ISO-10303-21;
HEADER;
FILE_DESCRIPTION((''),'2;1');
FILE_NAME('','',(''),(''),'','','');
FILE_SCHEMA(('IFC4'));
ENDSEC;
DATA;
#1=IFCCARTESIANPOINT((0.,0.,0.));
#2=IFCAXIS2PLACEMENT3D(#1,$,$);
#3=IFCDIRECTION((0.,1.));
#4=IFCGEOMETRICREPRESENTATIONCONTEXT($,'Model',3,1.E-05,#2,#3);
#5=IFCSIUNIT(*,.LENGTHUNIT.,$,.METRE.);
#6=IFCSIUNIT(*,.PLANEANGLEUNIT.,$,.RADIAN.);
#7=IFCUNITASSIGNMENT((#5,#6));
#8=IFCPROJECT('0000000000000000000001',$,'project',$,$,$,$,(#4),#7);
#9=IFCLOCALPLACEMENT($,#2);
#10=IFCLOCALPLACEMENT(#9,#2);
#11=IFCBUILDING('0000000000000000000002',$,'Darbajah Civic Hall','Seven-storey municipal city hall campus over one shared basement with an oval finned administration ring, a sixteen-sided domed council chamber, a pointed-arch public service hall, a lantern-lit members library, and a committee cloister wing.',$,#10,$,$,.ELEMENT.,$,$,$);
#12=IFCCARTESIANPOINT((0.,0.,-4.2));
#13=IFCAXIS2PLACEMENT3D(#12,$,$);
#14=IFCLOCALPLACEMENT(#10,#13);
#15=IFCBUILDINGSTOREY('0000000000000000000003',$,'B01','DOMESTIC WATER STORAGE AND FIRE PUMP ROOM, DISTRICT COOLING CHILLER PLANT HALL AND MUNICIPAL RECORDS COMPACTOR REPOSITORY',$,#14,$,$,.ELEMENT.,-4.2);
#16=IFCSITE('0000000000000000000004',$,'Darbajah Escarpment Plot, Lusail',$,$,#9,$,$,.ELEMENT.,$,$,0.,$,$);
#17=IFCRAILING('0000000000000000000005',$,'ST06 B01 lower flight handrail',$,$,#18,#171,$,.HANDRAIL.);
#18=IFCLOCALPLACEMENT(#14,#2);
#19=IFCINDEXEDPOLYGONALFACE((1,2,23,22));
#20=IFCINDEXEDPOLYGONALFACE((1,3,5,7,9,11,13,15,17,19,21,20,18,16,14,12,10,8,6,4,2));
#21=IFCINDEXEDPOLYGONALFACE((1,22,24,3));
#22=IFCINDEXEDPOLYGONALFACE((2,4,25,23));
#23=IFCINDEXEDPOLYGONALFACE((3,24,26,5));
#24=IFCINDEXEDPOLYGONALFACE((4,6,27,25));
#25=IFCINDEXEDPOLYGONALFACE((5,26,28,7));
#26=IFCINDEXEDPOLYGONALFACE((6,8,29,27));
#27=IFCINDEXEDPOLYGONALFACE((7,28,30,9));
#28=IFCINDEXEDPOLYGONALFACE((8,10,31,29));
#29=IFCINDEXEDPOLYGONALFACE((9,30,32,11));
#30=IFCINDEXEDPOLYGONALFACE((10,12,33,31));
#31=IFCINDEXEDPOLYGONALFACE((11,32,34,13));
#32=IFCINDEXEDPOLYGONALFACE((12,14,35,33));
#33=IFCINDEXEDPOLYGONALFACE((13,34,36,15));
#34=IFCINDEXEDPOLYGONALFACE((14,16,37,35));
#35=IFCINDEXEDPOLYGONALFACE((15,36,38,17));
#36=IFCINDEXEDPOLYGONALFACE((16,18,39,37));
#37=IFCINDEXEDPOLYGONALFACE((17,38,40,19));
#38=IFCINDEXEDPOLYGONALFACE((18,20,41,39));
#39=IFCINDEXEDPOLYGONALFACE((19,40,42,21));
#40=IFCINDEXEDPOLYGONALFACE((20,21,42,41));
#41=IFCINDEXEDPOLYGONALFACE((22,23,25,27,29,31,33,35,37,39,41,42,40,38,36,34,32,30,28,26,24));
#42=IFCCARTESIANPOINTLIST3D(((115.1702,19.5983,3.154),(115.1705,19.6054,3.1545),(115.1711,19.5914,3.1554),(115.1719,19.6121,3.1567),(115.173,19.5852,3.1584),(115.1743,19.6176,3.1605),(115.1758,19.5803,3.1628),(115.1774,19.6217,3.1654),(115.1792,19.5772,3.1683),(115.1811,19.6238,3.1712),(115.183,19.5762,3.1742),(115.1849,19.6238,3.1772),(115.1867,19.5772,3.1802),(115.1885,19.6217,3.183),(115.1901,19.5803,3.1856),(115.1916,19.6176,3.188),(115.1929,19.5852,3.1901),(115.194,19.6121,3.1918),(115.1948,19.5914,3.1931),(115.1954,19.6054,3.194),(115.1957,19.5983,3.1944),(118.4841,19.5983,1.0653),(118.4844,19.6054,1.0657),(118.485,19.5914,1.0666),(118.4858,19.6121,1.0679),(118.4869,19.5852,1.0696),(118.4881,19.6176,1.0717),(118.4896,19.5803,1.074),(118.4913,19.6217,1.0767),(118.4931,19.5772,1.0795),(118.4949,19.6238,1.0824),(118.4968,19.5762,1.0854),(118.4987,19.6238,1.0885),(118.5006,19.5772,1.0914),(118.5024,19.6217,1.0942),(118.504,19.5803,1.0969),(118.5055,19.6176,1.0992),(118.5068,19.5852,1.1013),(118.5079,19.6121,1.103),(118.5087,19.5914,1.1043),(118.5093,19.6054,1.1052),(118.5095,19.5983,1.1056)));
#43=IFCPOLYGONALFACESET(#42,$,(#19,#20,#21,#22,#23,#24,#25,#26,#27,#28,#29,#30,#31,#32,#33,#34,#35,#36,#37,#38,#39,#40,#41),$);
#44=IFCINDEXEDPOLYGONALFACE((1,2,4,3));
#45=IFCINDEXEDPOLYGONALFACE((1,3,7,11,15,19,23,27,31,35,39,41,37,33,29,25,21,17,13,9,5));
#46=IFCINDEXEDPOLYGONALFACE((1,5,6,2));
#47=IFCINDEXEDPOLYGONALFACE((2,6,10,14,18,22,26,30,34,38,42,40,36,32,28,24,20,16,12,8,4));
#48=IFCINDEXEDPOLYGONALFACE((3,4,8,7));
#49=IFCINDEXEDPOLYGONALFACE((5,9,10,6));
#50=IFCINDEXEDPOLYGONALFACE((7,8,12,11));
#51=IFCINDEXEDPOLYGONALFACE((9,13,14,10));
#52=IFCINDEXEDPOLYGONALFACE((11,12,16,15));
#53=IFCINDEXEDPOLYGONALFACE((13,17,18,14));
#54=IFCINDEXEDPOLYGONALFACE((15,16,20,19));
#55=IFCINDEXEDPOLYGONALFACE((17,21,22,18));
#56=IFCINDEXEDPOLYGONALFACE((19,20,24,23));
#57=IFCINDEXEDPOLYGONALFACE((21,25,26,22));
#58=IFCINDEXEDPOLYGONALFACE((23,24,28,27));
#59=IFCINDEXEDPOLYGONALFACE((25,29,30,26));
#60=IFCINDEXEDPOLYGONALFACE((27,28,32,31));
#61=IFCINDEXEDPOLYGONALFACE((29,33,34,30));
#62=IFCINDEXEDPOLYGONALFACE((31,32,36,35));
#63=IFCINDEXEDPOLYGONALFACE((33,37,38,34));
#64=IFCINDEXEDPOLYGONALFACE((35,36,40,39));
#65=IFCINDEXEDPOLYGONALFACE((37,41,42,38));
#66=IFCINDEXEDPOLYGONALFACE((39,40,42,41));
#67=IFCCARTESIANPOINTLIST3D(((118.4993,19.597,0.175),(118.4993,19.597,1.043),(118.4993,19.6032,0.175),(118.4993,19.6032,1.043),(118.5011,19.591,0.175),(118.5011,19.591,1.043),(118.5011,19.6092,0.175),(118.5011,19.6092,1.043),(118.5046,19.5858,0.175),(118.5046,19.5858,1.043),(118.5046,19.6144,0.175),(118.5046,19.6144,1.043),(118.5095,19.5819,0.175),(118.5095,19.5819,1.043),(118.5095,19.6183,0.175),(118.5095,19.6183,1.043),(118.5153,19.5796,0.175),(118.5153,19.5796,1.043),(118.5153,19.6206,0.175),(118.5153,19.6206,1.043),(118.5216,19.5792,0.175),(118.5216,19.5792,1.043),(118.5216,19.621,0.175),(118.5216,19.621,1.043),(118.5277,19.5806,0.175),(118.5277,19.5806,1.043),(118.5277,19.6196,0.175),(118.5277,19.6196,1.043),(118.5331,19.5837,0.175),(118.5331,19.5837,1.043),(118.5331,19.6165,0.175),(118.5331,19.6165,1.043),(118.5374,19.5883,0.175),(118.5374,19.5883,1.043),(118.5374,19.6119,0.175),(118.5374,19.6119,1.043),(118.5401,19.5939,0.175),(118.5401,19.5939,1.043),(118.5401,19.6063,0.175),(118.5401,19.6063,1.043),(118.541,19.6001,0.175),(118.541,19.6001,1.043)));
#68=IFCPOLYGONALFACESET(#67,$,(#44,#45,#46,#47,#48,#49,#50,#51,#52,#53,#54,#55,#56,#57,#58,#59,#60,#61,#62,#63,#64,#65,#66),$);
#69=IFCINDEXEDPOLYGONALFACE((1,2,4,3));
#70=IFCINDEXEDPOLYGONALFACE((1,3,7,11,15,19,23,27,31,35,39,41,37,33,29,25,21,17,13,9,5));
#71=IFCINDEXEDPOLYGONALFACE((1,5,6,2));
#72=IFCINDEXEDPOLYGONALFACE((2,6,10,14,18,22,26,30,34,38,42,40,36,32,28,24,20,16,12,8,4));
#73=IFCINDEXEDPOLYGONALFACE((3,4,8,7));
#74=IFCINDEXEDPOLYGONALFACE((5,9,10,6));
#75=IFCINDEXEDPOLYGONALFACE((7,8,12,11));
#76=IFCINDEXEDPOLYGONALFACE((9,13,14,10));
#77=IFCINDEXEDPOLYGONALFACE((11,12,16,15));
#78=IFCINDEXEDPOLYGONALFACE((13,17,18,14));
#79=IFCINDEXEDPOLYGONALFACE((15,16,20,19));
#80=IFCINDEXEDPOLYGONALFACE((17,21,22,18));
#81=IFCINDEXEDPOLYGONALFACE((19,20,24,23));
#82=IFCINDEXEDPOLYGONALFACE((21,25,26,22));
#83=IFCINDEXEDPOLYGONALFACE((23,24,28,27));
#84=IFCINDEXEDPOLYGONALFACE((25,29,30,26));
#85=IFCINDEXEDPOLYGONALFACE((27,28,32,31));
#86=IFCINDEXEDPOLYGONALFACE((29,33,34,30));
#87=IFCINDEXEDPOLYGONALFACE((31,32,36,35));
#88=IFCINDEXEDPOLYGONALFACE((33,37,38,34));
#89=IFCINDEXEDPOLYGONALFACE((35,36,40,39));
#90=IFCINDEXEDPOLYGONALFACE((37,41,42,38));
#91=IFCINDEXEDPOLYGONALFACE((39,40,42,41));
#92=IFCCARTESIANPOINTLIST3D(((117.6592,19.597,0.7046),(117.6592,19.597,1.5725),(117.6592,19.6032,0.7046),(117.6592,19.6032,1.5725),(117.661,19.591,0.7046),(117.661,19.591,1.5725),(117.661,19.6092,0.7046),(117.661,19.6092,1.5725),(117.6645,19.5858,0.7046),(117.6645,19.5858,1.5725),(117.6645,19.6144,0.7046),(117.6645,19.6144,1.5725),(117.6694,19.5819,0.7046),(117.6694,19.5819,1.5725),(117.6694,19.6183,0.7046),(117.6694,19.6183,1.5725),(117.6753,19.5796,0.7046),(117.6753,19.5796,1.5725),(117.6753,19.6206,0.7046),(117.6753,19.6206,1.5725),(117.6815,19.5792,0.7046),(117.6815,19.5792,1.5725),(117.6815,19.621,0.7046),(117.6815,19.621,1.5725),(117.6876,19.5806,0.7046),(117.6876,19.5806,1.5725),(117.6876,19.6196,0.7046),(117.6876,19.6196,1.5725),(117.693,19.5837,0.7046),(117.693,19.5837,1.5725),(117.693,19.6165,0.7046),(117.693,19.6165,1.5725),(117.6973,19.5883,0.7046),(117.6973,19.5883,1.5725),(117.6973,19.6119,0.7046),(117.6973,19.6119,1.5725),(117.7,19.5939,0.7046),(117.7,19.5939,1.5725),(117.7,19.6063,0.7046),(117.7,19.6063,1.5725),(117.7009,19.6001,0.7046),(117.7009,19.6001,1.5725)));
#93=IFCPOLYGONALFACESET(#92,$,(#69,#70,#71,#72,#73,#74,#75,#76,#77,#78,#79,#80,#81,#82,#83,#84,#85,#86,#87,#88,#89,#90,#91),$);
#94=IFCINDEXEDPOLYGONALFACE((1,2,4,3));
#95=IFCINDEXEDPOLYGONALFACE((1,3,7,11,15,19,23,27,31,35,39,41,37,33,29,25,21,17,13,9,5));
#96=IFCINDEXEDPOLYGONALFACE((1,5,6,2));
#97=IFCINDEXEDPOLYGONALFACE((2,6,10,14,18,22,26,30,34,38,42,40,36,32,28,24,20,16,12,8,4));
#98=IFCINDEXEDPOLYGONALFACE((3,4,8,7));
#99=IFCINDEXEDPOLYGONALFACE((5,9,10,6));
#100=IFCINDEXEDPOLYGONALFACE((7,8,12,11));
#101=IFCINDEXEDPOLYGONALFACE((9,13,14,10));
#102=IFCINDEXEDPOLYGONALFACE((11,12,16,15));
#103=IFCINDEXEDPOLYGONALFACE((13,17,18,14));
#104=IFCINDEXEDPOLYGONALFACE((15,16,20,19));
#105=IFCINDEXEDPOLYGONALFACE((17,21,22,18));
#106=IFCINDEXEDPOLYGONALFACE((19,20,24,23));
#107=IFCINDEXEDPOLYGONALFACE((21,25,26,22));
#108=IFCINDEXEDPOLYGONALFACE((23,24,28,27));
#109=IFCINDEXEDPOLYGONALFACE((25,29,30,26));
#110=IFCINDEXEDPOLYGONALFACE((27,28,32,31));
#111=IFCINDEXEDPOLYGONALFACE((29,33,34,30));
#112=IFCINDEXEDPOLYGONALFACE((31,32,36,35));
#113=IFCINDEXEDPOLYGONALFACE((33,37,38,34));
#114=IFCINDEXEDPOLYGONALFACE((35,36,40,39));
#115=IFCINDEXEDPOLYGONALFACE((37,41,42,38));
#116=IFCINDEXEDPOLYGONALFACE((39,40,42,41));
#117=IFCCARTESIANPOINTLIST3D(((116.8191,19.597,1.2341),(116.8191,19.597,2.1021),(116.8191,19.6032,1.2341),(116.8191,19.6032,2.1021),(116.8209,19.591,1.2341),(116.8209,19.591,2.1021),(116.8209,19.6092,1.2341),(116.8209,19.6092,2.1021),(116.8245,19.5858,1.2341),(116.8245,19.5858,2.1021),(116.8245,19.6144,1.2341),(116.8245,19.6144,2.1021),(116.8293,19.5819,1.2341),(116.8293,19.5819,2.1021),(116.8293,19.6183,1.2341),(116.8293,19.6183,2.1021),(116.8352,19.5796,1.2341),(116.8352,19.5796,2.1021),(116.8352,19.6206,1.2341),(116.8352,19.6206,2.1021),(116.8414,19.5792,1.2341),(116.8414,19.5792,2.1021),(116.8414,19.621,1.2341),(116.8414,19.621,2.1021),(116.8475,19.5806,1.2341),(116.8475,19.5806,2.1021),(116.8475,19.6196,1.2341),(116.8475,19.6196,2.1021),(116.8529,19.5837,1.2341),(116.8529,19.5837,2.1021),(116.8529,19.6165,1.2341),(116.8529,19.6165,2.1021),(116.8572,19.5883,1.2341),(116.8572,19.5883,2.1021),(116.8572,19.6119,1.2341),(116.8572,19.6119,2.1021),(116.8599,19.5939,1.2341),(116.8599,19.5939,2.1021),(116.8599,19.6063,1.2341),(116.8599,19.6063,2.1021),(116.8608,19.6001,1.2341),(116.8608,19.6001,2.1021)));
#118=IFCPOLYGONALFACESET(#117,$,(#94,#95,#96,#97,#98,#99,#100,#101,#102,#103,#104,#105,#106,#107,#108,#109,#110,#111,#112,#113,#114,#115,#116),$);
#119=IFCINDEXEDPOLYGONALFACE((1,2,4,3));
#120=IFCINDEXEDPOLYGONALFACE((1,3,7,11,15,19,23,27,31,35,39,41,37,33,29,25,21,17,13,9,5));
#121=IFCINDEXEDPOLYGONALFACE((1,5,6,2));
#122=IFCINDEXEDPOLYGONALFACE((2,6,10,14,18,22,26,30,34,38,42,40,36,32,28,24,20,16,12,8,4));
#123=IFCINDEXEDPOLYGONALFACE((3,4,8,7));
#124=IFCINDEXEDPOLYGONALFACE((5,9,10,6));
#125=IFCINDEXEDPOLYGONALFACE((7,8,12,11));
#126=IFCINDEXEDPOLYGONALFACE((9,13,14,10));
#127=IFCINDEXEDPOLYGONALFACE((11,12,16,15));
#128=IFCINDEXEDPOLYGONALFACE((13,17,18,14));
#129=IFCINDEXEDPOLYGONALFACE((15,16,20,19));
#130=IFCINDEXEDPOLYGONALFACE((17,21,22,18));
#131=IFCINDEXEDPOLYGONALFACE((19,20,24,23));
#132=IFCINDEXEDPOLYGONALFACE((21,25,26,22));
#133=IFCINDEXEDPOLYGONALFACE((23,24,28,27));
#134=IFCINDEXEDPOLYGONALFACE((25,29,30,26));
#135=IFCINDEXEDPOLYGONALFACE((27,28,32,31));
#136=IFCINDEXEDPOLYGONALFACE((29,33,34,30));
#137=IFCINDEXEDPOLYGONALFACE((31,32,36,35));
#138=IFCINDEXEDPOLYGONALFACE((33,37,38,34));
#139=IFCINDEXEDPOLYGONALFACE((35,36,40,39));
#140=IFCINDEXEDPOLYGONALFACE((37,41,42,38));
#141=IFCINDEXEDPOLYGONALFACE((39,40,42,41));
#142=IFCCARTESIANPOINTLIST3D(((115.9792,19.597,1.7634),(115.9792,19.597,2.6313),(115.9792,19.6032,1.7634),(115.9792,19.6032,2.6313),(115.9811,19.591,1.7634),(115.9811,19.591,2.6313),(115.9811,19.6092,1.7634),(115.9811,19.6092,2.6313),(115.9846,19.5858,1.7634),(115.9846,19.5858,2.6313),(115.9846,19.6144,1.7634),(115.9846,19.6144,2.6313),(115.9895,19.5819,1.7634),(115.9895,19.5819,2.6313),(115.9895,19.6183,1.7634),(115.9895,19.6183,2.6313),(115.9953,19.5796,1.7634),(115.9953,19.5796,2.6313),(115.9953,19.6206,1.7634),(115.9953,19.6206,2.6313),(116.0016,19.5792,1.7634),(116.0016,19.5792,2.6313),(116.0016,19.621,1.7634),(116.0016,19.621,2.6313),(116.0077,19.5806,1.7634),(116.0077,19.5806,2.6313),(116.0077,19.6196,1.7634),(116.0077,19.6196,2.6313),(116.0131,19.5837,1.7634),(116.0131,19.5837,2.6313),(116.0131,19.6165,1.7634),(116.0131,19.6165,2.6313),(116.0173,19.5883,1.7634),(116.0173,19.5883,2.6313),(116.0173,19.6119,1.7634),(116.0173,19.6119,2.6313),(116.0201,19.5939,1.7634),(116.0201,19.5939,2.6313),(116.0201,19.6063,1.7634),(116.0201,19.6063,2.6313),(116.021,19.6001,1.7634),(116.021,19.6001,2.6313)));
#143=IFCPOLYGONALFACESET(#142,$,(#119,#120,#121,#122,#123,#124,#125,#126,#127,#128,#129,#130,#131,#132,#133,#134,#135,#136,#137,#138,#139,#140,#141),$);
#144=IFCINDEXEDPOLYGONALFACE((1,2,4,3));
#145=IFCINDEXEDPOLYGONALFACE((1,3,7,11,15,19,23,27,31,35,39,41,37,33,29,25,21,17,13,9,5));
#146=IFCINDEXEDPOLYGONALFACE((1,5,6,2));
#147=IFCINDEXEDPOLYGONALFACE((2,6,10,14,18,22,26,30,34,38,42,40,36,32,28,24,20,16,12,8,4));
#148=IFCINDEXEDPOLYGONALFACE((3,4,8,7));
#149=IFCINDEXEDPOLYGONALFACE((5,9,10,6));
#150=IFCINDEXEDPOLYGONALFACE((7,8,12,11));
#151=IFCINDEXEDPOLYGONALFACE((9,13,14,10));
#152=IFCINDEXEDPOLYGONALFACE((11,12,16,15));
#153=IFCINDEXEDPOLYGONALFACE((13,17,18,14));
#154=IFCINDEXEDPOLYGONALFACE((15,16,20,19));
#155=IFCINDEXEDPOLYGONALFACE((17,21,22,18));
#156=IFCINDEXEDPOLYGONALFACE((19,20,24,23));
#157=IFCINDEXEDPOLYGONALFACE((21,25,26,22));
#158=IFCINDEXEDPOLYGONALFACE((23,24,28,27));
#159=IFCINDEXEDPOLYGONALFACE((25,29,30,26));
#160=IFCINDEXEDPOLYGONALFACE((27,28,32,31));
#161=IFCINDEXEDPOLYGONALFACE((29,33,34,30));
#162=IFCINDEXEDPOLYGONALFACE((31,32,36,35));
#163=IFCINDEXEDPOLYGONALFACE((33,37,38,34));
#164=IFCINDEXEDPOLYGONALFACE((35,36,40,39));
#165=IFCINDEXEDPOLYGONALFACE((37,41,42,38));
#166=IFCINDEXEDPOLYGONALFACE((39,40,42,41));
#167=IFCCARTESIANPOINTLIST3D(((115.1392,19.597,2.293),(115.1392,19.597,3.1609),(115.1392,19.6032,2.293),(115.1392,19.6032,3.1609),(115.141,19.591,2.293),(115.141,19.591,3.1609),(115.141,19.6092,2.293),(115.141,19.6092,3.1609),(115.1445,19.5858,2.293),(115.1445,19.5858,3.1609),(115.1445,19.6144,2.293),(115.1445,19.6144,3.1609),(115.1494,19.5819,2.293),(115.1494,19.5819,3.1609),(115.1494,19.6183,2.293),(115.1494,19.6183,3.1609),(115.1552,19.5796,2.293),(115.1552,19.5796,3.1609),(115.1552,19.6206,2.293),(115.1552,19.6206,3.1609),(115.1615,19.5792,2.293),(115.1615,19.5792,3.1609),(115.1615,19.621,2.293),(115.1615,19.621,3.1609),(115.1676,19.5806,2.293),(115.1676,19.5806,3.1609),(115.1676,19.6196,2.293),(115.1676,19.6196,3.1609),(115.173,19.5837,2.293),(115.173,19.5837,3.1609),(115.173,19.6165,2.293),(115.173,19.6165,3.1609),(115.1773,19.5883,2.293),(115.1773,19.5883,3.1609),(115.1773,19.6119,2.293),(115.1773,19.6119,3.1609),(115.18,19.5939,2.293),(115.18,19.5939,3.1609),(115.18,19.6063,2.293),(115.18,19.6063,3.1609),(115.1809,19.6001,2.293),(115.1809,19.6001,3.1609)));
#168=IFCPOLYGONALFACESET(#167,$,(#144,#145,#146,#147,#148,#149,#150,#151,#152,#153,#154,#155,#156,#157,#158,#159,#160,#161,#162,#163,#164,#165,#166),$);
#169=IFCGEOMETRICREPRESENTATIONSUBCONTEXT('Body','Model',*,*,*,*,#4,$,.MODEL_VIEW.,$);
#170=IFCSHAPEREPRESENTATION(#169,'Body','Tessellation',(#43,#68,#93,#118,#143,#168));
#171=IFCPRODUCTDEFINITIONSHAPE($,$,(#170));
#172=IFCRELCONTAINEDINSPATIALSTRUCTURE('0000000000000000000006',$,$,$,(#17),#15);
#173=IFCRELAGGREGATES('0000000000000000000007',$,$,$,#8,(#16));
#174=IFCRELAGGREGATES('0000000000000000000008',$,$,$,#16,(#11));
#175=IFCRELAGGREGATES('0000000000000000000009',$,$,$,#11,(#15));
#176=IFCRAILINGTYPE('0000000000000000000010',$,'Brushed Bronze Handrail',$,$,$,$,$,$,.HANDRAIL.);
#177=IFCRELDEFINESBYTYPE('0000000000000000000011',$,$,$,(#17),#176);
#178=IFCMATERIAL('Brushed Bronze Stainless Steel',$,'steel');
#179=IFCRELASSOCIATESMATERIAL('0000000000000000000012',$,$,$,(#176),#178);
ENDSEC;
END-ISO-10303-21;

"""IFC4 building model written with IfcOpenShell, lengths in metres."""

from ifc_helpers import new_model, si_unit, direction, frame, origin, origin_2d, place, context, subcontext, project, spatial, circle, extrude, material, type_object, element, save


model = new_model("IFC4")

# Units and contexts
model_context = context("Model", 3, precision=1e-05, world=origin(), true_north=direction((0.0, 1.0)))
body_context = subcontext(model_context, "Body", "Model", "MODEL_VIEW")
ifc_project = project(units=[si_unit("LENGTHUNIT", "METRE"), si_unit("PLANEANGLEUNIT", "RADIAN")], contexts=[model_context])

# Site, building, storey
site_placement = place(None, origin())
site = spatial("IfcSite", under=ifc_project, at=site_placement, Name="Darbajah Escarpment Plot, Lusail", CompositionType="ELEMENT", RefElevation=0.0)
building_placement = place(site_placement, origin())
building = spatial("IfcBuilding", under=site, at=building_placement, Name="Darbajah Civic Hall", Description="Seven-storey municipal city hall campus over one shared basement with an oval finned administration ring, a sixteen-sided domed council chamber, a pointed-arch public service hall, a lantern-lit members library, and a committee cloister wing.", CompositionType="ELEMENT")
storey_placement = place(building_placement, frame((0.0, 0.0, -4.2)))
storey = spatial("IfcBuildingStorey", under=building, at=storey_placement, Name="B01", Description="DOMESTIC WATER STORAGE AND FIRE PUMP ROOM, DISTRICT COOLING CHILLER PLANT HALL AND MUNICIPAL RECORDS COMPACTOR REPOSITORY", CompositionType="ELEMENT", Elevation=-4.2)

# Railing
ifc_material_1 = material(Name="Brushed Bronze Stainless Steel", Category="steel")
railing_type_1 = type_object("IfcRailingType", Name="Brushed Bronze Handrail", PredefinedType="HANDRAIL", material=ifc_material_1)
railing_1_placement = place(storey_placement, frame((118.52, 19.6001, 0.175)))
element("IfcRailing", 1, at=railing_1_placement, inside=storey, type_object=railing_type_1, Name="ST06 B01 lower flight handrail", PredefinedType="HANDRAIL", context=body_context, shape_type="SweptSolid", body=[
    extrude(circle(Radius=0.0239, at=origin_2d()), frame((-0.0232, 0.0, 0.9104), z_axis=(-0.845972, 0.0, 0.533227), x_axis=(0.0, -1.0, 0.0)), (0.0, 0.0, 1.0), 3.9172),
    extrude(circle(Radius=0.021, at=origin_2d()), origin(), (0.0, 0.0, 1.0), 0.8679),
    extrude(circle(Radius=0.021, at=origin_2d()), frame((-0.8401, 0.0, 0.5295)), (0.0, 0.0, 1.0), 0.8679),
    extrude(circle(Radius=0.021, at=origin_2d()), frame((-1.6802, 0.0, 1.0591)), (0.0, 0.0, 1.0), 0.8679),
    extrude(circle(Radius=0.021, at=origin_2d()), frame((-2.52, 0.0, 1.5884)), (0.0, 0.0, 1.0), 0.8679),
    extrude(circle(Radius=0.021, at=origin_2d()), frame((-3.3601, 0.0, 2.1179)), (0.0, 0.0, 1.0), 0.8679),
])

save(model, "model.ifc")
